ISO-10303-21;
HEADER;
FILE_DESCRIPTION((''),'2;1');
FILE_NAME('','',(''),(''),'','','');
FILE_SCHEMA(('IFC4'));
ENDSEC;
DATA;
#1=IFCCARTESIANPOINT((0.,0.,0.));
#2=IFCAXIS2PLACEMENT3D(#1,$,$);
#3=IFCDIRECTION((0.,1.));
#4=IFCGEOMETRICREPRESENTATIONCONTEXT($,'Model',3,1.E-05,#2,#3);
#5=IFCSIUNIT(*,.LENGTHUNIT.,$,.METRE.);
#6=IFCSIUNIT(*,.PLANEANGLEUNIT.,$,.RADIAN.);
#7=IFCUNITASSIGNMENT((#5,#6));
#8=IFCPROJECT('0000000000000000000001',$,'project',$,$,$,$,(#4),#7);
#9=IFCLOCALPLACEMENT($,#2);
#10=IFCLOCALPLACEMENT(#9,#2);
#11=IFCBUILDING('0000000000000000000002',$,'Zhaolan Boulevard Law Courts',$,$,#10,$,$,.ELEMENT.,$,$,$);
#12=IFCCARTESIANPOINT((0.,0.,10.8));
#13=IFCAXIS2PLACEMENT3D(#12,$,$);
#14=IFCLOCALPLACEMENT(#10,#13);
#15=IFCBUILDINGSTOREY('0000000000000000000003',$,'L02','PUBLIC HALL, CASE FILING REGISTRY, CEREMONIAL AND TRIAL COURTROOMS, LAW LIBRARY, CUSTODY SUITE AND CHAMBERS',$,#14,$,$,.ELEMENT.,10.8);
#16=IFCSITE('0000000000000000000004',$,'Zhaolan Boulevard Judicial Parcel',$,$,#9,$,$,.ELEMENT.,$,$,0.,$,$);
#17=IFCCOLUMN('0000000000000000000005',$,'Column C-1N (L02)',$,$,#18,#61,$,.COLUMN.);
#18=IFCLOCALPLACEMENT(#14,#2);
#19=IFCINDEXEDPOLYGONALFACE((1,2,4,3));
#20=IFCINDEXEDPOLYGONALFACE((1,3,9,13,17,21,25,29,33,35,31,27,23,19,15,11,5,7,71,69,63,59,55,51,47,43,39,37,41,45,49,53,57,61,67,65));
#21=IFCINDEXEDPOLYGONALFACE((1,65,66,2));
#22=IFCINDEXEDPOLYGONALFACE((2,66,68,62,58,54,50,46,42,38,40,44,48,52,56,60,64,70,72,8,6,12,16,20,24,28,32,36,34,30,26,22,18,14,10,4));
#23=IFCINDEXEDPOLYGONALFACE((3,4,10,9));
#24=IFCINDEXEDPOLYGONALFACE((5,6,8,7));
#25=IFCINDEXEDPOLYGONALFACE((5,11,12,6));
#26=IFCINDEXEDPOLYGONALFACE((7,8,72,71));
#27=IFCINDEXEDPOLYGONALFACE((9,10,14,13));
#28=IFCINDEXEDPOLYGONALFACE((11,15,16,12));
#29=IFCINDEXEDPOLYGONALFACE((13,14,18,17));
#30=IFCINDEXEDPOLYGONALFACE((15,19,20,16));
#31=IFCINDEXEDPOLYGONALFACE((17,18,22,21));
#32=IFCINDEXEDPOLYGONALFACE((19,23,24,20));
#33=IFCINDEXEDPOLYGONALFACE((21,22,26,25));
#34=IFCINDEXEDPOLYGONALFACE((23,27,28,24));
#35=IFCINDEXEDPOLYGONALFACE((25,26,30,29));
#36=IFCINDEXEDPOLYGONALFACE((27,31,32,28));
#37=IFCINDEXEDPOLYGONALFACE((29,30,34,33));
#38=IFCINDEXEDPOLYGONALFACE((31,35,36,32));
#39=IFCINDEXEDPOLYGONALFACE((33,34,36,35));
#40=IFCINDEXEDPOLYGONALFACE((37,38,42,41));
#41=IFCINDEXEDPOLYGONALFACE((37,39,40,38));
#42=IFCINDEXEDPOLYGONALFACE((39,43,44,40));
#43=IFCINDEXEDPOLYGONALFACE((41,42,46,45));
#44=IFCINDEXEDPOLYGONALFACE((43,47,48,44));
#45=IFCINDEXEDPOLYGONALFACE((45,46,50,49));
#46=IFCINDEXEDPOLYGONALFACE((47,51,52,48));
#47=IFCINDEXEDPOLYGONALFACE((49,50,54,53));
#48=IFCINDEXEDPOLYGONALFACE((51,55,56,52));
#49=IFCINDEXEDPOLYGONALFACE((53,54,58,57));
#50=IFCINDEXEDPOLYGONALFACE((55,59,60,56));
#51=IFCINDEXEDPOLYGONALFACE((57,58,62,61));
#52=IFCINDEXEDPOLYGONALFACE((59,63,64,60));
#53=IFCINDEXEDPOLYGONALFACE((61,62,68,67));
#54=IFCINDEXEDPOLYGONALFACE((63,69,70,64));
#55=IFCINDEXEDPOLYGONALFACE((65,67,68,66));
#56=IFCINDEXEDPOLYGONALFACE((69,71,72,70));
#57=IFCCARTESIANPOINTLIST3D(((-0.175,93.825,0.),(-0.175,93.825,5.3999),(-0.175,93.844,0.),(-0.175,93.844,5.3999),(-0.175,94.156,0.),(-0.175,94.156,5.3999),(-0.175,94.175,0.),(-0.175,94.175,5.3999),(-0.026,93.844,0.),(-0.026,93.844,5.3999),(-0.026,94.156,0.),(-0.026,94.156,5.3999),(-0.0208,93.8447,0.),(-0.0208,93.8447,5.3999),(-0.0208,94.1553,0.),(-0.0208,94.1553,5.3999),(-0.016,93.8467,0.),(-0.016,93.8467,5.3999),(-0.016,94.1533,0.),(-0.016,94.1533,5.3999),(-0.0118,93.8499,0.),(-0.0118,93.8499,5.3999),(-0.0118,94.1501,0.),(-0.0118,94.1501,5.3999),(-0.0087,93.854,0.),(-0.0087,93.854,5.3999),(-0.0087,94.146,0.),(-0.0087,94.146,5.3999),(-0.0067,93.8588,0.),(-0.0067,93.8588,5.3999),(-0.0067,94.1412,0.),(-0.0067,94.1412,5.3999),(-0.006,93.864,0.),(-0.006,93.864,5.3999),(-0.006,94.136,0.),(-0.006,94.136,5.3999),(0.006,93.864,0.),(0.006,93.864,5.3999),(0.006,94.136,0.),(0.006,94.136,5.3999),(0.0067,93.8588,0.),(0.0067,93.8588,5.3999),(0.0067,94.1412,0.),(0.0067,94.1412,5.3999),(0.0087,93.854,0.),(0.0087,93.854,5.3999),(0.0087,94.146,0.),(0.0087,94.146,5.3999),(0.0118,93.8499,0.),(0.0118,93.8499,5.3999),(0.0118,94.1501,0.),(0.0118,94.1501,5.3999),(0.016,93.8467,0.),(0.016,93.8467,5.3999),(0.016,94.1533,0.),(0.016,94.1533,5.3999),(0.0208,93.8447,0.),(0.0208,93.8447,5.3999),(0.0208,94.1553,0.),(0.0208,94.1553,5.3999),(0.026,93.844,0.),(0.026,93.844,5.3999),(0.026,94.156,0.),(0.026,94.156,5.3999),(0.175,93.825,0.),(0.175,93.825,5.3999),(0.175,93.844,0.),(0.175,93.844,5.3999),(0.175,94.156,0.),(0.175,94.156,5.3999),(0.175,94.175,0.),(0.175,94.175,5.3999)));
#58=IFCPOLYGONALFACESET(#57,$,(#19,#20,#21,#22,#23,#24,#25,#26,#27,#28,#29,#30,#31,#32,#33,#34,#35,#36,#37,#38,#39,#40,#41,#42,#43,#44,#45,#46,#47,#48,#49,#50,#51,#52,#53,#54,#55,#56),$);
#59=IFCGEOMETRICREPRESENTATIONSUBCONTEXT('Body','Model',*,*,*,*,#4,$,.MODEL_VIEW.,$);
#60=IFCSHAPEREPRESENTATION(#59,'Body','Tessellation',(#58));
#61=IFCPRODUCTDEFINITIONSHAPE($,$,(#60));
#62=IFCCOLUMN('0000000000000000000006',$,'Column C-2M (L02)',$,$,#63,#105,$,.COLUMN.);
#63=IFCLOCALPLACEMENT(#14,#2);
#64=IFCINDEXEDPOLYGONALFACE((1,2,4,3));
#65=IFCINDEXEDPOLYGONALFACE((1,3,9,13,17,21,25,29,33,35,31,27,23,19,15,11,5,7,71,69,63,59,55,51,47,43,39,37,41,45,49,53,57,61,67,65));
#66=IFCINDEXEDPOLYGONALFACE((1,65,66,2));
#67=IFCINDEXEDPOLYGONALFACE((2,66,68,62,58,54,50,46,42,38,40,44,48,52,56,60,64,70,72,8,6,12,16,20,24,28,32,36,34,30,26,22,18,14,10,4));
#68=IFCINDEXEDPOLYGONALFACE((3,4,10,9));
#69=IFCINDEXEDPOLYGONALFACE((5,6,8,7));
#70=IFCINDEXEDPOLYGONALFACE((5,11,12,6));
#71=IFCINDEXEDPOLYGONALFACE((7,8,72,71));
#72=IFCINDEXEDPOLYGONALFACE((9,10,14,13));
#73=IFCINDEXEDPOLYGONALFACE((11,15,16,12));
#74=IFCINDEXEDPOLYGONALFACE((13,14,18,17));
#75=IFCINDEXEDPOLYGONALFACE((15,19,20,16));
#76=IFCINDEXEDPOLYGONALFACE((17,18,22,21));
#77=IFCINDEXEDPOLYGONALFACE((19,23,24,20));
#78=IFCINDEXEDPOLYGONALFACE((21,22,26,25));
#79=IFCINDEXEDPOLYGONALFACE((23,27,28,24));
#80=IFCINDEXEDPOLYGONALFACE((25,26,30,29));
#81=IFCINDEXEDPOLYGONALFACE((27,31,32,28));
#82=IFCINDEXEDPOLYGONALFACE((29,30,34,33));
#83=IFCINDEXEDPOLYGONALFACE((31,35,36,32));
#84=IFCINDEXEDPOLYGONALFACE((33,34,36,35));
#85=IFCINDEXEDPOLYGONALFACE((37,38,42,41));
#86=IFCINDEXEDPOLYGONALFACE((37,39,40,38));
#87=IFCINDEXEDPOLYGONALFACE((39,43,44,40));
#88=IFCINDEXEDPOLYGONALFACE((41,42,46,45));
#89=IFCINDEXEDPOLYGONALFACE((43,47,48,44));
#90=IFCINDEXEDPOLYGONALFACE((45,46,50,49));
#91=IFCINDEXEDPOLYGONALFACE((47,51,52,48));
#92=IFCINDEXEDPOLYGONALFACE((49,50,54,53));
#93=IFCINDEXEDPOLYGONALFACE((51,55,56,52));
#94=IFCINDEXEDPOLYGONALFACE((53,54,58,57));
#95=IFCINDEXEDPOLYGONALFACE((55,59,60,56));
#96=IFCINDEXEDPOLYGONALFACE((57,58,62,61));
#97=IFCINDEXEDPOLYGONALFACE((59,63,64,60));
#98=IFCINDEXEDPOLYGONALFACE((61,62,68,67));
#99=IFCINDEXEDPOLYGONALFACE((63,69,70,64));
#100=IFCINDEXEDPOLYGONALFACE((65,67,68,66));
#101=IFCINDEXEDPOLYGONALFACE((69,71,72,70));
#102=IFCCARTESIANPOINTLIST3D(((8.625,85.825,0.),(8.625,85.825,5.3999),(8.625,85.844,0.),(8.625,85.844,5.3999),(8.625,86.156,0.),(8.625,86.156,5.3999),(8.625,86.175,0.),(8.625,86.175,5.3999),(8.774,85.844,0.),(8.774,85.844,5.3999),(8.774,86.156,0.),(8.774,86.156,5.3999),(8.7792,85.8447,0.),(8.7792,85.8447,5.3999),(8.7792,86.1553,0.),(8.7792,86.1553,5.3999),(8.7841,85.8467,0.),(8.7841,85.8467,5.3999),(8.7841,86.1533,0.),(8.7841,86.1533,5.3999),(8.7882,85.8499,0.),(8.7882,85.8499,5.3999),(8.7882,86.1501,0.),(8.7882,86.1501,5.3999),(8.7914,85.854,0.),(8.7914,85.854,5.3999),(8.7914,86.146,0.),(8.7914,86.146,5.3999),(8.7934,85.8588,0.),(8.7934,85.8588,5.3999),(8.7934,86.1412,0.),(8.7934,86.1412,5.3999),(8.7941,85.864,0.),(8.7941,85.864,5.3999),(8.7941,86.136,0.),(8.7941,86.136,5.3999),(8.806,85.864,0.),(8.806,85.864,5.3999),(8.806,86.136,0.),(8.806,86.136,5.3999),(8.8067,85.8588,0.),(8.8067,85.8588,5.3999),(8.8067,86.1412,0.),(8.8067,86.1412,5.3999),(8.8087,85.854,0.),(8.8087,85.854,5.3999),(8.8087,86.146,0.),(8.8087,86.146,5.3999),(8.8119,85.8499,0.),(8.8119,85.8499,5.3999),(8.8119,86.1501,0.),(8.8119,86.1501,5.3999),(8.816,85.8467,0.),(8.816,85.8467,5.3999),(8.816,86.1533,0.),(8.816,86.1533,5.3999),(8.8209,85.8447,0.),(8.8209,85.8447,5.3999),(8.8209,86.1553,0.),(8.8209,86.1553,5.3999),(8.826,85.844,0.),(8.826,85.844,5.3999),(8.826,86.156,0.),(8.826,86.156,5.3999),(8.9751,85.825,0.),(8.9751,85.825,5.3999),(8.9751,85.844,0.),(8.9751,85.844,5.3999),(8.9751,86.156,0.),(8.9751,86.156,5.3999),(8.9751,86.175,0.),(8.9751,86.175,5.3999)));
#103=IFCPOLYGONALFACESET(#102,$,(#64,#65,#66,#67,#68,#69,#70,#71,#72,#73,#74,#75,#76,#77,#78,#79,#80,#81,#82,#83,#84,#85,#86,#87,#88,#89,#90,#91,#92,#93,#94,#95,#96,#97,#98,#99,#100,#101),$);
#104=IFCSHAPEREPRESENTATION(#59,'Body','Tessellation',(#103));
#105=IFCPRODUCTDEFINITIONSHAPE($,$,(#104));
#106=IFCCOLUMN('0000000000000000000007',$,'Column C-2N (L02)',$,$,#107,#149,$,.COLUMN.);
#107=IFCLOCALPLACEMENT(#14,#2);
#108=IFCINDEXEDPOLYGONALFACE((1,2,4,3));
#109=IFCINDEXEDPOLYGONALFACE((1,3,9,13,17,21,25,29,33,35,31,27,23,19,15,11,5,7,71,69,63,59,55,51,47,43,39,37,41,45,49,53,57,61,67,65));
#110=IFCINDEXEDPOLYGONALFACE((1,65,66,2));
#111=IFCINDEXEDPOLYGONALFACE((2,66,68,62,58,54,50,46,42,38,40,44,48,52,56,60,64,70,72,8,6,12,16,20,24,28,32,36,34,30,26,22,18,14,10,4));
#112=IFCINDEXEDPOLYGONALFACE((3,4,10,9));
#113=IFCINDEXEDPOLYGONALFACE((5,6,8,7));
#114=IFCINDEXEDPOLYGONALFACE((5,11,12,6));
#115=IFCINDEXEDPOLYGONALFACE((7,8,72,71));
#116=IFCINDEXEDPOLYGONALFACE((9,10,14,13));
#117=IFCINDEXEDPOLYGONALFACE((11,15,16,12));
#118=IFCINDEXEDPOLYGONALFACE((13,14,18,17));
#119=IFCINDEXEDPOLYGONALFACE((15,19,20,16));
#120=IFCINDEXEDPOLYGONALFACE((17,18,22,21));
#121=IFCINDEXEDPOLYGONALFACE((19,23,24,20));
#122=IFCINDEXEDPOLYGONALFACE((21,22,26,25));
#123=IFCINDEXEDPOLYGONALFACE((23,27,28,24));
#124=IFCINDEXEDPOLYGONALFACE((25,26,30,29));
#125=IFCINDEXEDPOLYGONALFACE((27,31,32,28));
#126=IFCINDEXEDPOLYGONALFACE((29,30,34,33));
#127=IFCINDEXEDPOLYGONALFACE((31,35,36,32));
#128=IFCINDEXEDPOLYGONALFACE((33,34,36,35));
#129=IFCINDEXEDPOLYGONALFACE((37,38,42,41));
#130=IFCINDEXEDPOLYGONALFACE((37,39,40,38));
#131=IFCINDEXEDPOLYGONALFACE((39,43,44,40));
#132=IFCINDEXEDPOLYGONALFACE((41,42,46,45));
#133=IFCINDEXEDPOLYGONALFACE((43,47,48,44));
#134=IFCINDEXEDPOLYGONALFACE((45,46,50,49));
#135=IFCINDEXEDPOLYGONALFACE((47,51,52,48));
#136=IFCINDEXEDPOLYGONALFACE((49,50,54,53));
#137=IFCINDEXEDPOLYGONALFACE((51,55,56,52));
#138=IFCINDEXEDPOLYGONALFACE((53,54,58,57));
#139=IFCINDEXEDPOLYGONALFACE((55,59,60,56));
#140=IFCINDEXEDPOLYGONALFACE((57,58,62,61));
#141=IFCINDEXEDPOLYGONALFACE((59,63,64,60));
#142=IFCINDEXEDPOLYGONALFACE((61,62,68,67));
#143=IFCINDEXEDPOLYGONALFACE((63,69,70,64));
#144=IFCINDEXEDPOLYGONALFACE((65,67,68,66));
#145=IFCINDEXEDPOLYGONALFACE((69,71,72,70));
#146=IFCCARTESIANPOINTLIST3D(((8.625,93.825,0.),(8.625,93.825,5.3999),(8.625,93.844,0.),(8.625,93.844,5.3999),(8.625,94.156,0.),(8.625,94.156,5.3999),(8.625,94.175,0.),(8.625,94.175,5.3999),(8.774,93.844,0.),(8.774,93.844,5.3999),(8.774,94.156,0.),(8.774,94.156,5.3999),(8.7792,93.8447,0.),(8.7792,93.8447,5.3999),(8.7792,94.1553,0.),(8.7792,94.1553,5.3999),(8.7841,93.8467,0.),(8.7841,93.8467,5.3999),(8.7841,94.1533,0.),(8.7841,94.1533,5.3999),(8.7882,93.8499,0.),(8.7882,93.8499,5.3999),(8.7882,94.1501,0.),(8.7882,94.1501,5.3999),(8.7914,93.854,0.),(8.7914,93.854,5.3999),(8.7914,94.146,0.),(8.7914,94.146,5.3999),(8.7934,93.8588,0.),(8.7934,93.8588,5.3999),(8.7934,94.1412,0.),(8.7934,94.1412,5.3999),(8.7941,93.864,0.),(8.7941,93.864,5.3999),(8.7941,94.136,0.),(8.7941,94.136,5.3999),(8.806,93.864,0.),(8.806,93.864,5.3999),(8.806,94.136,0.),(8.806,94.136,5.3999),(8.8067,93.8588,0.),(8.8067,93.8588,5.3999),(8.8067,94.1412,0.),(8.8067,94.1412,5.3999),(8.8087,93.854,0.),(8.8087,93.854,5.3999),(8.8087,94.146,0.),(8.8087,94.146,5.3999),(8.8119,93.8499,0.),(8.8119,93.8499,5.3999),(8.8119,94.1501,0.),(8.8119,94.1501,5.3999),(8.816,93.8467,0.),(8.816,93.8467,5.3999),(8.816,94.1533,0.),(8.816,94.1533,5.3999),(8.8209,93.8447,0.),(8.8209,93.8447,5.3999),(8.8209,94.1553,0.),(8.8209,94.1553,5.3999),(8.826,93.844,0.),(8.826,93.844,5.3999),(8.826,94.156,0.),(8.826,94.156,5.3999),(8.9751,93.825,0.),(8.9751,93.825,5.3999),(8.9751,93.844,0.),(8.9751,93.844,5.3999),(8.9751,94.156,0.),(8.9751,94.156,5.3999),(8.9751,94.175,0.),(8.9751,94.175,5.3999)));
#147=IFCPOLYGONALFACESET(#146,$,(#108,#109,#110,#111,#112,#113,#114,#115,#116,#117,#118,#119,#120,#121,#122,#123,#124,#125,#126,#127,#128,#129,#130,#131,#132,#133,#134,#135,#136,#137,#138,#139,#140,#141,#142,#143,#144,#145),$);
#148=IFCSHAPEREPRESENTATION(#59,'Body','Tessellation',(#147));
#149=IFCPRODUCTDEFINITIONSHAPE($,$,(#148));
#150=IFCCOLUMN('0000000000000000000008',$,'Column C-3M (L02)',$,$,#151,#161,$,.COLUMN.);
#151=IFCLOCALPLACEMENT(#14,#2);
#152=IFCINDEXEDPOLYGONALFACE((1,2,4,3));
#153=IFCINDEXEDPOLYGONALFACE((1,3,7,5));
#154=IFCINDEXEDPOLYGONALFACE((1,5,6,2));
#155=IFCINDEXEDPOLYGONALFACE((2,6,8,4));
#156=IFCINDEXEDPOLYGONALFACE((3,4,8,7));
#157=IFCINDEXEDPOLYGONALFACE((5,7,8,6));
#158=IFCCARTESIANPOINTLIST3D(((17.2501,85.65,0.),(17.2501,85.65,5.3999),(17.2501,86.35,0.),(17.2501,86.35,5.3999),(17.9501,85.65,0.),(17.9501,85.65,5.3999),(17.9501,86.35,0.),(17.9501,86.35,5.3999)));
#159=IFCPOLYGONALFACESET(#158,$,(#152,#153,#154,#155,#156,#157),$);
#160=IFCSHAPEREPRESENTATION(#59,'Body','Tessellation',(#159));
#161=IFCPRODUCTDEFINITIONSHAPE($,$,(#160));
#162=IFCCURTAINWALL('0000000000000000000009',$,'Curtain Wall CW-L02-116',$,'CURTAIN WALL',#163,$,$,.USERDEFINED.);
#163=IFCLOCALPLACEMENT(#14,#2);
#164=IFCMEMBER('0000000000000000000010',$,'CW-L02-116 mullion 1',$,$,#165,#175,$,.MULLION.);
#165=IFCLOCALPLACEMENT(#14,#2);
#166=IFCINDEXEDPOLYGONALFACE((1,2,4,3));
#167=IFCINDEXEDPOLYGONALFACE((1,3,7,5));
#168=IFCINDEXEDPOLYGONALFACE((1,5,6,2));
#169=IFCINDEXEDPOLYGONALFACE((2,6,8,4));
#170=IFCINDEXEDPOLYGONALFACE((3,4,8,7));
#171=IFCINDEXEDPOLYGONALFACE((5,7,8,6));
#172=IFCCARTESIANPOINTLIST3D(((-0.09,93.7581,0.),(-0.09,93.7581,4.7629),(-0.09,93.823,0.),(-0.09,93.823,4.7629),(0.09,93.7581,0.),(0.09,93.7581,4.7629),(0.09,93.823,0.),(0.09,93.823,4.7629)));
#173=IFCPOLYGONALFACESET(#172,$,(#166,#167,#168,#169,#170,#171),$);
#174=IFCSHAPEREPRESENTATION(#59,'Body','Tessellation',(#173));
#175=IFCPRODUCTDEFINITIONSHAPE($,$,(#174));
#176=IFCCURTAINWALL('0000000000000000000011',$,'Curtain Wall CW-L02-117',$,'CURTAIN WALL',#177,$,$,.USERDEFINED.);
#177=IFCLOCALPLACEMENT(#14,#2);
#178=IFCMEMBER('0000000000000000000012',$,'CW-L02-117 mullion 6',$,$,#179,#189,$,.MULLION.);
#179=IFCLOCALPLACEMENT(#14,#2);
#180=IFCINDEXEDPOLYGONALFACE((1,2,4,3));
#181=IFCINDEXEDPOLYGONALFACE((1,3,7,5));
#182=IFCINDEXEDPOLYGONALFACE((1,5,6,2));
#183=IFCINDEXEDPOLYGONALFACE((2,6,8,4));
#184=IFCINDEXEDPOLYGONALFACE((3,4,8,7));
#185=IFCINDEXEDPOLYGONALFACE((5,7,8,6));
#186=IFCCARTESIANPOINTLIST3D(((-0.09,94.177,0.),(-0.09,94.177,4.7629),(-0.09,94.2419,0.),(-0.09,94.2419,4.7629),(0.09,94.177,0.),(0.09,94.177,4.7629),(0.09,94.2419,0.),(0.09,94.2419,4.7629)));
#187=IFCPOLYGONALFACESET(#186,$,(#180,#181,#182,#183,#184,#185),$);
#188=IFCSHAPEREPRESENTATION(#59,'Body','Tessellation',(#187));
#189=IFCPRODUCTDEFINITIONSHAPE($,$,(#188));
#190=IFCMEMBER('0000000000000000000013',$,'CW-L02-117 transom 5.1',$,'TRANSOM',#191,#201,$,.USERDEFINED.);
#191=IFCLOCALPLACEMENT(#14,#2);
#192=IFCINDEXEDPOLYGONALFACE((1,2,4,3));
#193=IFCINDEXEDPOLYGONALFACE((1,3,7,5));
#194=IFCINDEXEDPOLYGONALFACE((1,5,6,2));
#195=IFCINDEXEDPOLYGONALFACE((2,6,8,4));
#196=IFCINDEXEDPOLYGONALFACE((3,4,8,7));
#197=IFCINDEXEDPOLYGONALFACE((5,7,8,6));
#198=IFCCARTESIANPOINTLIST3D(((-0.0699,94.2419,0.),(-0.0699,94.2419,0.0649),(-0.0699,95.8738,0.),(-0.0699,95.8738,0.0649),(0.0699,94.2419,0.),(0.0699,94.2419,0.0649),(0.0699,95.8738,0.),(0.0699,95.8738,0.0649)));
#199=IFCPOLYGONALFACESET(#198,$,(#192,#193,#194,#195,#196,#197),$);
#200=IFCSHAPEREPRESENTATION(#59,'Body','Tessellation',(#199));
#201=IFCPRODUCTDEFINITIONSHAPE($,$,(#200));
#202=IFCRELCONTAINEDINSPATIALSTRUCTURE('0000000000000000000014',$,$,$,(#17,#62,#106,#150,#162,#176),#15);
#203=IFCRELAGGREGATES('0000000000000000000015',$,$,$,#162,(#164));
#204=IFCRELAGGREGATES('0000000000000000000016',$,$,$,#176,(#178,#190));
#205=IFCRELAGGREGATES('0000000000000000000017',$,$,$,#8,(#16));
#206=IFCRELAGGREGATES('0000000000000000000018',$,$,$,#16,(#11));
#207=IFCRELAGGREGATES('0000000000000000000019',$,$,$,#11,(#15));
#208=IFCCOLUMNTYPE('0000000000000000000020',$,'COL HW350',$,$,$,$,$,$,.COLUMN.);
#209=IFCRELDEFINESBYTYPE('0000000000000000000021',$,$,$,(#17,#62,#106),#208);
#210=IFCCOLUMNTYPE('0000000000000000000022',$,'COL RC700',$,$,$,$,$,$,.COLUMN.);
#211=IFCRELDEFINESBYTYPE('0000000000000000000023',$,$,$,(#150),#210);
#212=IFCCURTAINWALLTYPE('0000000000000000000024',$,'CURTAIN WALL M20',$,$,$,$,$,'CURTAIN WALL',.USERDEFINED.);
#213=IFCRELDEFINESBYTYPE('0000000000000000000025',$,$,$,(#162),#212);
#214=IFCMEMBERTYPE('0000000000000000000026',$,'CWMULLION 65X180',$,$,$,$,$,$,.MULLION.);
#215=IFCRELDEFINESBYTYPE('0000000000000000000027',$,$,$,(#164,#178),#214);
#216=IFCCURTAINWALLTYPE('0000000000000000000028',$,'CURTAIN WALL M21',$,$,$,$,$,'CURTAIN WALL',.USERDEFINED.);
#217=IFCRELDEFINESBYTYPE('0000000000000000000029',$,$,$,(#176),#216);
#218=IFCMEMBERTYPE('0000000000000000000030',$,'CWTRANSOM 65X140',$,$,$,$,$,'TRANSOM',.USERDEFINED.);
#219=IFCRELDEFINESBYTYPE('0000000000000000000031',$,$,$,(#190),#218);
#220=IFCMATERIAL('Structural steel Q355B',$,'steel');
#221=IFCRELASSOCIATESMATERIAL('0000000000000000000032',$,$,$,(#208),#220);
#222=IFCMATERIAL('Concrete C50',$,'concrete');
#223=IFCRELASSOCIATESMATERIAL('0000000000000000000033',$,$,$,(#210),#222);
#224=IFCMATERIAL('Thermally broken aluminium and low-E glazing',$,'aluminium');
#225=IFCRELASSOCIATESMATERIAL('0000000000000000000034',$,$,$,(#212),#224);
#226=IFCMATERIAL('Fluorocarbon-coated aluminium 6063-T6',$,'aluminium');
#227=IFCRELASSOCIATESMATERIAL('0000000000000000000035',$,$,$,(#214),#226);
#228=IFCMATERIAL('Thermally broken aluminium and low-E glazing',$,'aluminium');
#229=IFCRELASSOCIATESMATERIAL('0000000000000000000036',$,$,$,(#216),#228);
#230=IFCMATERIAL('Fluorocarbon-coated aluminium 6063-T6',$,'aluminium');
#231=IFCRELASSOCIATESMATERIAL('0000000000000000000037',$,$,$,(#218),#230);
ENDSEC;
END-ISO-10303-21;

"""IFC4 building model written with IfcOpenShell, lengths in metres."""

from ifc_helpers import new_model, si_unit, direction, frame, origin, origin_2d, place, context, subcontext, project, spatial, rectangle, i_section, extrude, material, material_profile, profile_set, type_object, element, aggregate, save


model = new_model("IFC4")

# Units and contexts
model_context = context("Model", 3, precision=1e-05, world=origin(), true_north=direction((0.0, 1.0)))
body_context = subcontext(model_context, "Body", "Model", "MODEL_VIEW")
ifc_project = project(units=[si_unit("LENGTHUNIT", "METRE"), si_unit("PLANEANGLEUNIT", "RADIAN")], contexts=[model_context])

# Site, building, storey
site_placement = place(None, origin())
site = spatial("IfcSite", under=ifc_project, at=site_placement, Name="Zhaolan Boulevard Judicial Parcel", CompositionType="ELEMENT", RefElevation=0.0)
building_placement = place(site_placement, origin())
building = spatial("IfcBuilding", under=site, at=building_placement, Name="Zhaolan Boulevard Law Courts", CompositionType="ELEMENT")
storey_placement = place(building_placement, frame((0.0, 0.0, 10.8)))
storey = spatial("IfcBuildingStorey", under=building, at=storey_placement, Name="L02", Description="PUBLIC HALL, CASE FILING REGISTRY, CEREMONIAL AND TRIAL COURTROOMS, LAW LIBRARY, CUSTODY SUITE AND CHAMBERS", CompositionType="ELEMENT", Elevation=10.8)

# Columns
ifc_material_1 = material(Name="Structural steel Q355B", Category="steel")
ifc_material_profile_1 = material_profile(ifc_material_1, i_section(OverallWidth=0.3501, OverallDepth=0.3501, WebThickness=0.012, FlangeThickness=0.019, FilletRadius=0.02, at=origin_2d()), Name="HW350x350")
ifc_profile_set_1 = profile_set([ifc_material_profile_1], Name="Structural steel Q355B")
column_type_1 = type_object("IfcColumnType", Name="COL HW350", PredefinedType="COLUMN", material=ifc_profile_set_1)
for number, where, z_axis, x_axis, name in (
    (1, (0.0, 94.0, 0.0), (0.0, 0.0, 1.0), (1.0, 0.0, 0.0), "Column C-1N (L02)"),
    (2, (8.8, 86.0, 0.0), (0.0, 0.0, 1.0), (1.0, 0.0, 0.0), "Column C-2M (L02)"),
    (3, (8.8, 94.0, 0.0), (0.0, 0.0, 1.0), (1.0, 0.0, 0.0), "Column C-2N (L02)"),
):
    element("IfcColumn", number, at=place(storey_placement, frame(where, z_axis=z_axis, x_axis=x_axis)), inside=storey, type_object=column_type_1, Name=name, PredefinedType="COLUMN", context=body_context, shape_type="SweptSolid", body=[
        extrude(i_section(OverallWidth=0.3501, OverallDepth=0.3501, WebThickness=0.012, FlangeThickness=0.019, FilletRadius=0.02, at=origin_2d()), origin(), (0.0, 0.0, 1.0), 5.3999),
    ])
ifc_material_2 = material(Name="Concrete C50", Category="concrete")
ifc_material_profile_2 = material_profile(ifc_material_2, rectangle(XDim=0.7, YDim=0.7, at=origin_2d()), Name="RC700x700")
ifc_profile_set_2 = profile_set([ifc_material_profile_2], Name="Concrete C50")
column_type_2 = type_object("IfcColumnType", Name="COL RC700", PredefinedType="COLUMN", material=ifc_profile_set_2)
column_placement = place(storey_placement, frame((17.6001, 86.0, 0.0), z_axis=(0.0, 0.0, 1.0), x_axis=(1.0, 0.0, 0.0)))
element("IfcColumn", 4, at=column_placement, inside=storey, type_object=column_type_2, Name="Column C-3M (L02)", PredefinedType="COLUMN", context=body_context, shape_type="SweptSolid", body=[
    extrude(rectangle(XDim=0.7, YDim=0.7, at=origin_2d()), origin(), (0.0, 0.0, 1.0), 5.3999),
])

# Curtain wall, member
ifc_material_3 = material(Name="Thermally broken aluminium and low-E glazing", Category="aluminium")
curtain_wall_type_1 = type_object("IfcCurtainWallType", Name="CURTAIN WALL M20", ElementType="CURTAIN WALL", PredefinedType="USERDEFINED", material=ifc_material_3)
curtain_wall_1_placement = place(storey_placement, origin())
curtain_wall_1 = element("IfcCurtainWall", 5, at=curtain_wall_1_placement, inside=storey, type_object=curtain_wall_type_1, Name="Curtain Wall CW-L02-116", ObjectType="CURTAIN WALL", PredefinedType="USERDEFINED")
ifc_material_4 = material(Name="Fluorocarbon-coated aluminium 6063-T6", Category="aluminium")
ifc_material_profile_3 = material_profile(ifc_material_4, rectangle(XDim=0.1799, YDim=0.0649, at=origin_2d()), Name="AL65x180")
ifc_profile_set_3 = profile_set([ifc_material_profile_3], Name="Fluorocarbon-coated aluminium 6063-T6")
member_type_1 = type_object("IfcMemberType", Name="CWMULLION 65X180", PredefinedType="MULLION", material=ifc_profile_set_3)
member_1_placement = place(storey_placement, frame((0.0, 93.7905, 0.0), z_axis=(0.0, 0.0, 1.0), x_axis=(1.0, 0.0, 0.0)))
member_1 = element("IfcMember", 6, at=member_1_placement, type_object=member_type_1, Name="CW-L02-116 mullion 1", PredefinedType="MULLION", context=body_context, shape_type="SweptSolid", body=[
    extrude(rectangle(XDim=0.1799, YDim=0.0649, at=origin_2d()), origin(), (0.0, 0.0, 1.0), 4.7629),
])
aggregate(curtain_wall_1, [member_1])

# Curtain wall, members
ifc_material_5 = material(Name="Thermally broken aluminium and low-E glazing", Category="aluminium")
curtain_wall_type_2 = type_object("IfcCurtainWallType", Name="CURTAIN WALL M21", ElementType="CURTAIN WALL", PredefinedType="USERDEFINED", material=ifc_material_5)
curtain_wall_2_placement = place(storey_placement, origin())
curtain_wall_2 = element("IfcCurtainWall", 7, at=curtain_wall_2_placement, inside=storey, type_object=curtain_wall_type_2, Name="Curtain Wall CW-L02-117", ObjectType="CURTAIN WALL", PredefinedType="USERDEFINED")
member_2_placement = place(storey_placement, frame((0.0, 94.2095, 0.0), z_axis=(0.0, 0.0, 1.0), x_axis=(1.0, 0.0, 0.0)))
member_2 = element("IfcMember", 8, at=member_2_placement, type_object=member_type_1, Name="CW-L02-117 mullion 6", PredefinedType="MULLION", context=body_context, shape_type="SweptSolid", body=[
    extrude(rectangle(XDim=0.1799, YDim=0.0649, at=origin_2d()), origin(), (0.0, 0.0, 1.0), 4.7629),
])
ifc_material_6 = material(Name="Fluorocarbon-coated aluminium 6063-T6", Category="aluminium")
ifc_material_profile_4 = material_profile(ifc_material_6, rectangle(XDim=0.1399, YDim=0.0649, at=origin_2d()), Name="AL65x140")
ifc_profile_set_4 = profile_set([ifc_material_profile_4], Name="Fluorocarbon-coated aluminium 6063-T6")
member_type_2 = type_object("IfcMemberType", Name="CWTRANSOM 65X140", ElementType="TRANSOM", PredefinedType="USERDEFINED", material=ifc_profile_set_4)
member_3_placement = place(storey_placement, frame((0.0, 95.8738, 0.0325), z_axis=(0.0, -1.0, 0.0), x_axis=(1.0, 0.0, 0.0)))
member_3 = element("IfcMember", 9, at=member_3_placement, type_object=member_type_2, Name="CW-L02-117 transom 5.1", ObjectType="TRANSOM", PredefinedType="USERDEFINED", context=body_context, shape_type="SweptSolid", body=[
    extrude(rectangle(XDim=0.1399, YDim=0.0649, at=origin_2d()), origin(), (0.0, 0.0, 1.0), 1.6318),
])

aggregate(curtain_wall_2, [member_2, member_3])

save(model, "model.ifc")
